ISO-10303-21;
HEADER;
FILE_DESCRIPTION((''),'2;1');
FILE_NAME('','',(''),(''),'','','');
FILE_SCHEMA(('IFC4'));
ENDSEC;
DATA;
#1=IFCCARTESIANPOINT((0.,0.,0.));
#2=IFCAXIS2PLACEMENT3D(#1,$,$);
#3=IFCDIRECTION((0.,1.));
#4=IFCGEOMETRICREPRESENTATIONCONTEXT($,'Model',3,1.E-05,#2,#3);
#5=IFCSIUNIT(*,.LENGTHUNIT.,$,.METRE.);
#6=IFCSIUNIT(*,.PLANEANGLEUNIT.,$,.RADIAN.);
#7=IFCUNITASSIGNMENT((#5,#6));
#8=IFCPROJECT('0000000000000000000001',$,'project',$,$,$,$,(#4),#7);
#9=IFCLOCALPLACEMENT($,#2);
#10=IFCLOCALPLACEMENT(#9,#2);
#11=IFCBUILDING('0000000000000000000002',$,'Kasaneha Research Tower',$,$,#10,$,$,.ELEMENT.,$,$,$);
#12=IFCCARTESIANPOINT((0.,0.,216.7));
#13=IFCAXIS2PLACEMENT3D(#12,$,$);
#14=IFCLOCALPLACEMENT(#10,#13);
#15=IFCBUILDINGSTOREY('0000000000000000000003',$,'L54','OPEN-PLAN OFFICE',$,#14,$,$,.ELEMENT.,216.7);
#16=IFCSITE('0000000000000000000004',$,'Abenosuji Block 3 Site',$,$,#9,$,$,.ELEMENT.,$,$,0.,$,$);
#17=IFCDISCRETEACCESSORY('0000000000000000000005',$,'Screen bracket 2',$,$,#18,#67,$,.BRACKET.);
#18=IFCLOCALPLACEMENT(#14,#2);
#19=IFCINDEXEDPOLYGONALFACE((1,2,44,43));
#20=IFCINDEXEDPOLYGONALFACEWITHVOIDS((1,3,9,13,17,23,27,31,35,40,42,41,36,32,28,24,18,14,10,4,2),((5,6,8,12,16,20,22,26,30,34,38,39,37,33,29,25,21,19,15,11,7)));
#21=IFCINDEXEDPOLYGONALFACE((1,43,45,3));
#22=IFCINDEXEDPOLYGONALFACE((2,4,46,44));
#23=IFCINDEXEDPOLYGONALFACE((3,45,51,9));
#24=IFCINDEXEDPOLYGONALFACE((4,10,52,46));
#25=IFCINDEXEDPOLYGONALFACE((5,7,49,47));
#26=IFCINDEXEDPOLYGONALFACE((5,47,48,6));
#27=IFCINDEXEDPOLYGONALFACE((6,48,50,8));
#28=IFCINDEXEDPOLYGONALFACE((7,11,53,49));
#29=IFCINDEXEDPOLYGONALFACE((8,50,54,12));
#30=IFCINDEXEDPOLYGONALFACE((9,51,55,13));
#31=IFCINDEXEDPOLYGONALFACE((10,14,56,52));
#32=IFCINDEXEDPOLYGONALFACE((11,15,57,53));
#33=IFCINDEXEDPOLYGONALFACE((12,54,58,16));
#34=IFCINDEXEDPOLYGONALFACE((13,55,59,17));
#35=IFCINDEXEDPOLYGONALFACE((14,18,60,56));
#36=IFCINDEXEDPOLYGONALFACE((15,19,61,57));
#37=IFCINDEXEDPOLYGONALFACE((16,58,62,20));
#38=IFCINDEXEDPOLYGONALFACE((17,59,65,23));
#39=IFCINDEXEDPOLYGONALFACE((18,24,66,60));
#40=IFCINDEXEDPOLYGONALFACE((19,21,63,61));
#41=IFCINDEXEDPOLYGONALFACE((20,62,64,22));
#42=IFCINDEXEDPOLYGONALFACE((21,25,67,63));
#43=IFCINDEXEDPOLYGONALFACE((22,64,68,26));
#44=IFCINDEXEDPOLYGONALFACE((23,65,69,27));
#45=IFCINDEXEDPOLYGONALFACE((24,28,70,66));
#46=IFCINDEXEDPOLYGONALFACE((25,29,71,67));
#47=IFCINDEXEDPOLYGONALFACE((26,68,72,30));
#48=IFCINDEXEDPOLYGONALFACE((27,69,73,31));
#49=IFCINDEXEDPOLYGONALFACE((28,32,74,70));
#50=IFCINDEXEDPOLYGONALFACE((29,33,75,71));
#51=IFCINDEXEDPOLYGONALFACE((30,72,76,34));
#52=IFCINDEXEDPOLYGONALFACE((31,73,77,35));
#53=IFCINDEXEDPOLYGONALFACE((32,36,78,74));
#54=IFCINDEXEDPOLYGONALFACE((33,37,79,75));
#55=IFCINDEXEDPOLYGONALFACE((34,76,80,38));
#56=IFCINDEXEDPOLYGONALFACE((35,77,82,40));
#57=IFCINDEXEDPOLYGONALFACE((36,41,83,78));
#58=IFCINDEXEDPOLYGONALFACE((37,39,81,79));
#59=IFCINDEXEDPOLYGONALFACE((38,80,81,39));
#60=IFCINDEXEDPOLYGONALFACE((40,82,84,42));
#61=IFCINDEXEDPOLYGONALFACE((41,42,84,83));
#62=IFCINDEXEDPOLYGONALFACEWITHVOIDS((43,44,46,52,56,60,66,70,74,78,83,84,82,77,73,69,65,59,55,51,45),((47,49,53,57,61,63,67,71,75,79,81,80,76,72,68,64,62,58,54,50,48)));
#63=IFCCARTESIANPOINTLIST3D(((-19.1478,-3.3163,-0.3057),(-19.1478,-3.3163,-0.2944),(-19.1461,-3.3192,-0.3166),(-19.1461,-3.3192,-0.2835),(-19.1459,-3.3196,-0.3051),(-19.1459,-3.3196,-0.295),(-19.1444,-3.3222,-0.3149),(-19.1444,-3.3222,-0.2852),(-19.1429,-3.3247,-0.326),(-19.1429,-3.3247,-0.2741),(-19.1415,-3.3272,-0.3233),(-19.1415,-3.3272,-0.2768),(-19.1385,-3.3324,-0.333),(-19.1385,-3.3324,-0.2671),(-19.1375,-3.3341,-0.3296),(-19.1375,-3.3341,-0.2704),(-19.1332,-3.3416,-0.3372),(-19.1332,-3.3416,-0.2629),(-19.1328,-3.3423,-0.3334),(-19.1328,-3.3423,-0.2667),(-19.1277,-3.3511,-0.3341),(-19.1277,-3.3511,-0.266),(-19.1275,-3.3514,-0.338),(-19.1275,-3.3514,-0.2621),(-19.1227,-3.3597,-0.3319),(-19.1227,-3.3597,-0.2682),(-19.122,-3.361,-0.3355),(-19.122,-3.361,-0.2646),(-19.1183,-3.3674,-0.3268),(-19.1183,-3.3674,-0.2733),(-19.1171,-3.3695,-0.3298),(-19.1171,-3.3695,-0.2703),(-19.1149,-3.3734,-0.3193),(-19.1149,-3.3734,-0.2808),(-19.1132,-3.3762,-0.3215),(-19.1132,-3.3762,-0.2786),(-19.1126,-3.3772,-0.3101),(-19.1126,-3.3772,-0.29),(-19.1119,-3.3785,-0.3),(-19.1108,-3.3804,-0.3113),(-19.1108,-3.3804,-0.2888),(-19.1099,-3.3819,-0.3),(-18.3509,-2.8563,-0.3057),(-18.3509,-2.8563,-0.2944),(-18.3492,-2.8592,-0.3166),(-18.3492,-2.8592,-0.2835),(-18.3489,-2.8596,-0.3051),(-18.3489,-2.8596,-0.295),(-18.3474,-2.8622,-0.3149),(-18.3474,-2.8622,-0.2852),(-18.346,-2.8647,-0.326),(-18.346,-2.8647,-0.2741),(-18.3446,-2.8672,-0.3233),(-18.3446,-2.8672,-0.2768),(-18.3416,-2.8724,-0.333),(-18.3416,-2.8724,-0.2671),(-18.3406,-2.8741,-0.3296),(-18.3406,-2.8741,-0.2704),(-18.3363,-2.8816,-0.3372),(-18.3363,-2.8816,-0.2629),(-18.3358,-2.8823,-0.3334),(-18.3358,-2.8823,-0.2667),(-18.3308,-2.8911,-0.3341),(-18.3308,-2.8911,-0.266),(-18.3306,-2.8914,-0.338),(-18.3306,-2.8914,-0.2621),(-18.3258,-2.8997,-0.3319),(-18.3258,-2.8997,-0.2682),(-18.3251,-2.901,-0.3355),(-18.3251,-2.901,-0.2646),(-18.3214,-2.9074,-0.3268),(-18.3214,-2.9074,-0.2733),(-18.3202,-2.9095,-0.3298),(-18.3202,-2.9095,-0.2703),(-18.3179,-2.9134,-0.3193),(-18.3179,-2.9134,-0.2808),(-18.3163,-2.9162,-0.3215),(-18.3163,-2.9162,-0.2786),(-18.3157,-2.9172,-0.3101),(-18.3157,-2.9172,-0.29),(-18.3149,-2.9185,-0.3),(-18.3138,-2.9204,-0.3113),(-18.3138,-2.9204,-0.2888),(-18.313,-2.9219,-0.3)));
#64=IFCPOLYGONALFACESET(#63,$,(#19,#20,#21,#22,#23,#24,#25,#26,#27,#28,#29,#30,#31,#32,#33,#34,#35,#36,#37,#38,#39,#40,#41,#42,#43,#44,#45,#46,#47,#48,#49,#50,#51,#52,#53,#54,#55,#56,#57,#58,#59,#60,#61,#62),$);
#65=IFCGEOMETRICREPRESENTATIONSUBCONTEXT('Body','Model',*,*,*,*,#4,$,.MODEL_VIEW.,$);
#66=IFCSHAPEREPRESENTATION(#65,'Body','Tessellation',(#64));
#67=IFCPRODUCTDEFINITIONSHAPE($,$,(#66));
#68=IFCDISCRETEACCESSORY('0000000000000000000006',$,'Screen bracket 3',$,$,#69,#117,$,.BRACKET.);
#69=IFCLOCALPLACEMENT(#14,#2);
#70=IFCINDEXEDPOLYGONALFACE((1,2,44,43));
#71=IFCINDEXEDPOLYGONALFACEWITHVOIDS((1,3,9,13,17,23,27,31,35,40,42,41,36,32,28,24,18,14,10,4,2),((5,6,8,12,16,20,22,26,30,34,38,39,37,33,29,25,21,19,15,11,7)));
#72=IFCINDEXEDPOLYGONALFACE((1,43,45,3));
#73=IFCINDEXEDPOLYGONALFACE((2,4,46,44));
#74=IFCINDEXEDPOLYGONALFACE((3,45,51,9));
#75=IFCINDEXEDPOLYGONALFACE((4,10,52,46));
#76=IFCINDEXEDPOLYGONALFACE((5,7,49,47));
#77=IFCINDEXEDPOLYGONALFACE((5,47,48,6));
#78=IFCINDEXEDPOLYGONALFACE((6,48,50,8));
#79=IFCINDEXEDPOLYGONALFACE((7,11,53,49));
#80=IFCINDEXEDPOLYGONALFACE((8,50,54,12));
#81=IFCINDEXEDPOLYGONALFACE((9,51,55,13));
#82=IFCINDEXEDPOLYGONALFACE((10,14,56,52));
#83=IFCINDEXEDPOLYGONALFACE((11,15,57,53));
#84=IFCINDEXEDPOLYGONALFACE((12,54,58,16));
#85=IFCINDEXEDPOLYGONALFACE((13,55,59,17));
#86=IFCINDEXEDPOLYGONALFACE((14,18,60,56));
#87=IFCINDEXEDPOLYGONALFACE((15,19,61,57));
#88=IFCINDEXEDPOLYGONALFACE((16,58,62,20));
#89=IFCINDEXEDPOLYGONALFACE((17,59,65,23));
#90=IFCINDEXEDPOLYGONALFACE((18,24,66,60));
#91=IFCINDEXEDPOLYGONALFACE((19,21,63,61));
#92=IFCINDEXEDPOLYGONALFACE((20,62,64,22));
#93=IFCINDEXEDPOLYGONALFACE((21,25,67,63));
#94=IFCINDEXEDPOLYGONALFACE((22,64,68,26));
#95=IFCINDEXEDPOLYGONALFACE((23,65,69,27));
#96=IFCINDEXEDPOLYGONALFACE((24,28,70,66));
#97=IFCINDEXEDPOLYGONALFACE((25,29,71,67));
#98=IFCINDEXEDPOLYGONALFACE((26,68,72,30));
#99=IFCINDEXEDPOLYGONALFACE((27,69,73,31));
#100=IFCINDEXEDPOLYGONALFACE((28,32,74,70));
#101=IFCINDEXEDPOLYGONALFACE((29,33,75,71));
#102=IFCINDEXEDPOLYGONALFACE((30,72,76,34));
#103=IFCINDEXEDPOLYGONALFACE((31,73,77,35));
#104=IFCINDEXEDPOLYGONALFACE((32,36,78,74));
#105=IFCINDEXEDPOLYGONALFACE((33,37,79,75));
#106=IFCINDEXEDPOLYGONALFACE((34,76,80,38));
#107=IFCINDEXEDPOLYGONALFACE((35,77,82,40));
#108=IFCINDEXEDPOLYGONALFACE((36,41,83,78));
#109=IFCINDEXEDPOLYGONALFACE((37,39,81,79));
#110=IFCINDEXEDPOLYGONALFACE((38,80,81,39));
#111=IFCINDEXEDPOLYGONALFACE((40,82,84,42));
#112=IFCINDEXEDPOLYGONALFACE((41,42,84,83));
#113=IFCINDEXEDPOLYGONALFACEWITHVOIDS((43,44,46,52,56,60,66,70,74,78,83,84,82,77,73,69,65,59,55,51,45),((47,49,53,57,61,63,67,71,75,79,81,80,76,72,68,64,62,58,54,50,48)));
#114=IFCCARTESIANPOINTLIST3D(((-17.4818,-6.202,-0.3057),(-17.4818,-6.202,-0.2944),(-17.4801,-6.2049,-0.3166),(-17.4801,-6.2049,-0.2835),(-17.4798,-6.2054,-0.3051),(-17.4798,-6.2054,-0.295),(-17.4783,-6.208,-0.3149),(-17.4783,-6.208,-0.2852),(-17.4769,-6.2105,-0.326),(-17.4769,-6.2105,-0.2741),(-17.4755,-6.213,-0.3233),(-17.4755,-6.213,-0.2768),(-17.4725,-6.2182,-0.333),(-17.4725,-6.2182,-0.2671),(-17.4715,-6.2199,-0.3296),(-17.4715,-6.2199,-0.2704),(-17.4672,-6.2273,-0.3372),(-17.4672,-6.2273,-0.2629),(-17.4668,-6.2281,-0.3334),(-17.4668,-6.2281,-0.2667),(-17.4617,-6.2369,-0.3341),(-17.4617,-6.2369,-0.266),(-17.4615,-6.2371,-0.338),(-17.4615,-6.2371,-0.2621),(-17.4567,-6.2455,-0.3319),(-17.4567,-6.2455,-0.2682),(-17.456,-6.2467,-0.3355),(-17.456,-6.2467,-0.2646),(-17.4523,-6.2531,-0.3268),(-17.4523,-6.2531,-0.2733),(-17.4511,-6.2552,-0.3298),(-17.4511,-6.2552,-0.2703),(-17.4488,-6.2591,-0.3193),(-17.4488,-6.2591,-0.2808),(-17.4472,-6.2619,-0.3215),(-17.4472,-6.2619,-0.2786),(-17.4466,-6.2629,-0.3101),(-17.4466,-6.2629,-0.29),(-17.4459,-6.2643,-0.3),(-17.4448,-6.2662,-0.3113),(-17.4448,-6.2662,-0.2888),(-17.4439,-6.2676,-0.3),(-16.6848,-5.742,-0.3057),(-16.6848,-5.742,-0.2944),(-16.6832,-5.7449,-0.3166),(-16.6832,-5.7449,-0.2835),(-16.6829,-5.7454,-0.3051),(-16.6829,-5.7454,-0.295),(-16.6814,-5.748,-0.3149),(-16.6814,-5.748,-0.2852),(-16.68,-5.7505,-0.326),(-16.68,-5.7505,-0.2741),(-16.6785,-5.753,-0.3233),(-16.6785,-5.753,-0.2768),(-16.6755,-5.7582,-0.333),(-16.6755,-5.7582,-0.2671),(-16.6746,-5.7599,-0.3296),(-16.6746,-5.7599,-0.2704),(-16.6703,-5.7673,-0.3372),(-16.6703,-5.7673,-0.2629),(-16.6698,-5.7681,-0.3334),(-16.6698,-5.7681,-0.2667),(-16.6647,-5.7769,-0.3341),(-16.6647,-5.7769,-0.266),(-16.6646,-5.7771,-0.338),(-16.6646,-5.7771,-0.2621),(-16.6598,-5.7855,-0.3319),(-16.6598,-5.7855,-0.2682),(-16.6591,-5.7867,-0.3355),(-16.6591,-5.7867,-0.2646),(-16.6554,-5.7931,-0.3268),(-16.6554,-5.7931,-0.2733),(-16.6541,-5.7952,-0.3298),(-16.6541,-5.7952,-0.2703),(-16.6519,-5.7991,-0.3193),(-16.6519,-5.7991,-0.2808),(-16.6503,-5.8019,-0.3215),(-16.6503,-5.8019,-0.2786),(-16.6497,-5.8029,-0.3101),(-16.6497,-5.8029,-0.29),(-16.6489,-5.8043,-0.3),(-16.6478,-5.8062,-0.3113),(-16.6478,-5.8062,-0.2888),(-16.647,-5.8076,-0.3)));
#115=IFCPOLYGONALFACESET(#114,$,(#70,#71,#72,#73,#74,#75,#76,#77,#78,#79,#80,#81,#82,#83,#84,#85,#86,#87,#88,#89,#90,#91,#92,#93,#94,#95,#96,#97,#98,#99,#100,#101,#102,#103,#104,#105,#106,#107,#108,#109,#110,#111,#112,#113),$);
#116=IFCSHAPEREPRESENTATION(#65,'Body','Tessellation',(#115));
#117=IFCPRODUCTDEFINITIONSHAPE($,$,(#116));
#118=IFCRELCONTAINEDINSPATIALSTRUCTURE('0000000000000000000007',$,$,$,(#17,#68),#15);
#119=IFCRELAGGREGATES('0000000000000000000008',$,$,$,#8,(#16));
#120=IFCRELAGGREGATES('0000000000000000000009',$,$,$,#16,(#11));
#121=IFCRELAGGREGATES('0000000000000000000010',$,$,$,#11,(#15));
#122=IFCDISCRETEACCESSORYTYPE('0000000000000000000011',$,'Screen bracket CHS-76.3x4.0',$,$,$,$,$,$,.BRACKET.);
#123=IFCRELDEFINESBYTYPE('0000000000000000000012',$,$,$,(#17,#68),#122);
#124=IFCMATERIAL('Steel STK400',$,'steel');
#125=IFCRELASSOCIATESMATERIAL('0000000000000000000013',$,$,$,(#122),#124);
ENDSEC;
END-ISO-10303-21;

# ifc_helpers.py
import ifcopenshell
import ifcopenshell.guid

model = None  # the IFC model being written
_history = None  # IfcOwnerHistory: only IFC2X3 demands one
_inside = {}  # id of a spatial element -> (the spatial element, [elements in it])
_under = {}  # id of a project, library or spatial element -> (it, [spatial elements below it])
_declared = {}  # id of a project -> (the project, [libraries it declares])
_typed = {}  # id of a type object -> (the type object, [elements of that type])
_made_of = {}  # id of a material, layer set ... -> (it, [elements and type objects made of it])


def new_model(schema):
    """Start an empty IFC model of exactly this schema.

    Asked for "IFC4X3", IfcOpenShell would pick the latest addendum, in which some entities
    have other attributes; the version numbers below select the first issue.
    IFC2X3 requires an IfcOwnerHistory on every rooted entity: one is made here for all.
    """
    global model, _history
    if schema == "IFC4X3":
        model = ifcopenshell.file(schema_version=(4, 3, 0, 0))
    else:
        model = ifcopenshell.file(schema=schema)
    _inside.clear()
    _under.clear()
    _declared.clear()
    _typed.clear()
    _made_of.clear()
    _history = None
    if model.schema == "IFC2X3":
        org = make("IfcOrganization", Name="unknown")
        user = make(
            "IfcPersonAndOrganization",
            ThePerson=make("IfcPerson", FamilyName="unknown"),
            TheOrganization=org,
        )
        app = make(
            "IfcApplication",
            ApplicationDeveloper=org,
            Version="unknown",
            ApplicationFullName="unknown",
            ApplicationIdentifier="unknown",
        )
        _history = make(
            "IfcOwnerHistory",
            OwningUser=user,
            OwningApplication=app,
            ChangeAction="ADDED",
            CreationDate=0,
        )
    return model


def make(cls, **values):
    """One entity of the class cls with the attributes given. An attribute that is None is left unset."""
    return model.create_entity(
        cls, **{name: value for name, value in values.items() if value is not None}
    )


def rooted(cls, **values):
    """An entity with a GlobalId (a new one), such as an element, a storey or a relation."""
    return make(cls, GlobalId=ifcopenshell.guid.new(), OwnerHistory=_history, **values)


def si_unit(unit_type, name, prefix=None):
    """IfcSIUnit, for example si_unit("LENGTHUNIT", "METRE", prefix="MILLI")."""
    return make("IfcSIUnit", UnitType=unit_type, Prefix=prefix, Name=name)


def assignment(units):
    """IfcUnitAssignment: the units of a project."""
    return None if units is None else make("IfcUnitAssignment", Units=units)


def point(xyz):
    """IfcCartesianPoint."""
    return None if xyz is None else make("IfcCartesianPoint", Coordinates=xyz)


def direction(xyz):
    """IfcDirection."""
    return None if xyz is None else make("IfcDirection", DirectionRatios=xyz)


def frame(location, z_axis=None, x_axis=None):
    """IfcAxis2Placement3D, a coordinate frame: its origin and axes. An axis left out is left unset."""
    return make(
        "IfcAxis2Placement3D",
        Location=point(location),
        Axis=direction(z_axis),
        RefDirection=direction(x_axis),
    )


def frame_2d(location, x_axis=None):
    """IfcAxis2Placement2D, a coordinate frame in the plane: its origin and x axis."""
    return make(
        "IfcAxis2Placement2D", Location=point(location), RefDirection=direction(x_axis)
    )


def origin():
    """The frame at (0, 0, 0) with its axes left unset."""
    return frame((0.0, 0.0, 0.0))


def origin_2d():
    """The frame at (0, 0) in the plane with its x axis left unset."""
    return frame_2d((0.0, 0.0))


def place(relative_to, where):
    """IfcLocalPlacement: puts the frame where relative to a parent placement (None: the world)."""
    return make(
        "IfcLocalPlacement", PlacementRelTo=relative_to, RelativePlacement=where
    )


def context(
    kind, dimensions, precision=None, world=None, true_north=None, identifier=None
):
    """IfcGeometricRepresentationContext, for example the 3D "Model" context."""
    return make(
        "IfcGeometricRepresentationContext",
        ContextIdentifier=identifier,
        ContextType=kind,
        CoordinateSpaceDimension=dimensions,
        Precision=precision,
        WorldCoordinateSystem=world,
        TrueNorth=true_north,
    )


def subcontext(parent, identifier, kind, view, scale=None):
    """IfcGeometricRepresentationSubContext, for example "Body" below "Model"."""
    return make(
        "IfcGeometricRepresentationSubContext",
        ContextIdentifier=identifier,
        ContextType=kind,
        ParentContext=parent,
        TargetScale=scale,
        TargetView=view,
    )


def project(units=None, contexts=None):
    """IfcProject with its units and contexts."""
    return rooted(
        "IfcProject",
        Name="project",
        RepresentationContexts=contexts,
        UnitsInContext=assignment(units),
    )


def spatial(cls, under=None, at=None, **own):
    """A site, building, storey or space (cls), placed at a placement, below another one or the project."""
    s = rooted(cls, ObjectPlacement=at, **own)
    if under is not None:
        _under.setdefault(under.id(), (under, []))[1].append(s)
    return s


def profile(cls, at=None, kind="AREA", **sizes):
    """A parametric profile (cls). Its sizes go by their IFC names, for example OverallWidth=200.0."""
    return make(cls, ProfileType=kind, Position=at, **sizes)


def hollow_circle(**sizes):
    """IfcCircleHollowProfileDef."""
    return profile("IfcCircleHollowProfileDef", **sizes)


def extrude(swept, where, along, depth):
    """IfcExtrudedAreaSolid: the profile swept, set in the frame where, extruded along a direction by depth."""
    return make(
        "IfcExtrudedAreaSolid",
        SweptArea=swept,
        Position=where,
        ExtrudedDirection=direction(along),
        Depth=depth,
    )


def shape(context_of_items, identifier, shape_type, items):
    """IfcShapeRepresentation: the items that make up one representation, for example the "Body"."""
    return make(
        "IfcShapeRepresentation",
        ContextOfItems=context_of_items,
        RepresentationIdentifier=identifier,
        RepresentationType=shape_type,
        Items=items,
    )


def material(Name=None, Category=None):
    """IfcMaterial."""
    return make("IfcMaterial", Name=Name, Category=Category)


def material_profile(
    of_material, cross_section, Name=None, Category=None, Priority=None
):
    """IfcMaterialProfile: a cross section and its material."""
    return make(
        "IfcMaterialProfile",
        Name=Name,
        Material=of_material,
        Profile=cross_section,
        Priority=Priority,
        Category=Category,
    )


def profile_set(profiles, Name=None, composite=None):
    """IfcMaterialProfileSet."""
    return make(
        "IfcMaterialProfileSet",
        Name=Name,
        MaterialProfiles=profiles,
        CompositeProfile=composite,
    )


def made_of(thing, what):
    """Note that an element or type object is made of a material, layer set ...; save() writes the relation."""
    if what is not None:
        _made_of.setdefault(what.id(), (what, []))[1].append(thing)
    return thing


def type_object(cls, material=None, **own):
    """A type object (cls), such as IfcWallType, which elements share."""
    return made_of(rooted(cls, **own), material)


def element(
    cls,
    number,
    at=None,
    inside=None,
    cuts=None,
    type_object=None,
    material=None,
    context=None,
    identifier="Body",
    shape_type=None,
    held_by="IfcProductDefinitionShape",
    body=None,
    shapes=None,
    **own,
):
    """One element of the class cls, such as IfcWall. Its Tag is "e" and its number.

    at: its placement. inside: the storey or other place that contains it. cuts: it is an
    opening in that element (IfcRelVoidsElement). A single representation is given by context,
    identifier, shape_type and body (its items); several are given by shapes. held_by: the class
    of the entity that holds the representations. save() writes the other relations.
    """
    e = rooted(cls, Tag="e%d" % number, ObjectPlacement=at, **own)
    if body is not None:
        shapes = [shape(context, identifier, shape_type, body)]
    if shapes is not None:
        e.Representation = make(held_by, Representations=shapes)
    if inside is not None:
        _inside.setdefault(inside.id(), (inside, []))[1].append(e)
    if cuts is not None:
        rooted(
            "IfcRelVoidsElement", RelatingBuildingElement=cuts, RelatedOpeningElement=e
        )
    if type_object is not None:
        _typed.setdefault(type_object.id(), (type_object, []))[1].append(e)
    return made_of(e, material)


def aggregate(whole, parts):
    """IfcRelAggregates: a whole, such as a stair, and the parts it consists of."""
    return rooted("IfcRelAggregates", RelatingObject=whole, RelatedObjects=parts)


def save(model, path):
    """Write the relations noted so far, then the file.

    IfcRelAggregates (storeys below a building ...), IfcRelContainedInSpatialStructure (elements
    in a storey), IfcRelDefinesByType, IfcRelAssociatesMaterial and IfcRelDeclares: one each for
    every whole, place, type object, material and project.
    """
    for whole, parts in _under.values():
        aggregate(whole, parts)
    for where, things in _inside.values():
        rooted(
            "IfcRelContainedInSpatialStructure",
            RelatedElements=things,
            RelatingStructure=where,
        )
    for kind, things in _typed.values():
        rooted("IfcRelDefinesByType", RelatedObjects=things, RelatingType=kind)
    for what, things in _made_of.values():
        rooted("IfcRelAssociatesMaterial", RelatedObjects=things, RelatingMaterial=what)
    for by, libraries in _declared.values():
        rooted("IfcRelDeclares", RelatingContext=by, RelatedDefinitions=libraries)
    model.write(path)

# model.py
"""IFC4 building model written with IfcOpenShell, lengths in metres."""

from ifc_helpers import new_model, si_unit, direction, frame, origin, origin_2d, place, context, subcontext, project, spatial, hollow_circle, extrude, material, material_profile, profile_set, type_object, element, save


model = new_model("IFC4")

# Units and contexts
model_context = context("Model", 3, precision=1e-05, world=origin(), true_north=direction((0.0, 1.0)))
body_context = subcontext(model_context, "Body", "Model", "MODEL_VIEW")
ifc_project = project(units=[si_unit("LENGTHUNIT", "METRE"), si_unit("PLANEANGLEUNIT", "RADIAN")], contexts=[model_context])

# Site, building, storey
site_placement = place(None, origin())
site = spatial("IfcSite", under=ifc_project, at=site_placement, Name="Abenosuji Block 3 Site", CompositionType="ELEMENT", RefElevation=0.0)
building_placement = place(site_placement, origin())
building = spatial("IfcBuilding", under=site, at=building_placement, Name="Kasaneha Research Tower", CompositionType="ELEMENT")
storey_placement = place(building_placement, frame((0.0, 0.0, 216.7)))
storey = spatial("IfcBuildingStorey", under=building, at=storey_placement, Name="L54", Description="OPEN-PLAN OFFICE", CompositionType="ELEMENT", Elevation=216.7)

# Discrete accessories
ifc_material_1 = material(Name="Steel STK400", Category="steel")
ifc_material_profile_1 = material_profile(ifc_material_1, hollow_circle(Radius=0.0381, WallThickness=0.0039, at=origin_2d()), Name="CHS-76.3x4.0")
ifc_profile_set_1 = profile_set([ifc_material_profile_1], Name="Steel STK400")
discrete_accessory_type = type_object("IfcDiscreteAccessoryType", Name="Screen bracket CHS-76.3x4.0", PredefinedType="BRACKET", material=ifc_profile_set_1)
for number, where, z_axis, x_axis, name in (
    (1, (-18.332, -2.8889, -0.3), (-0.86608, -0.499906, 0.0), (0.499906, -0.86608, 0.0), "Screen bracket 2"),
    (2, (-16.666, -5.7747, -0.3), (-0.86608, -0.499906, 0.0), (0.499906, -0.86608, 0.0), "Screen bracket 3"),
):
    element("IfcDiscreteAccessory", number, at=place(storey_placement, frame(where, z_axis=z_axis, x_axis=x_axis)), inside=storey, type_object=discrete_accessory_type, Name=name, PredefinedType="BRACKET", context=body_context, shape_type="SweptSolid", body=[
        extrude(hollow_circle(Radius=0.0381, WallThickness=0.0039, at=origin_2d()), origin(), (0.0, 0.0, 1.0), 0.9202),
    ])

save(model, "model.ifc")
